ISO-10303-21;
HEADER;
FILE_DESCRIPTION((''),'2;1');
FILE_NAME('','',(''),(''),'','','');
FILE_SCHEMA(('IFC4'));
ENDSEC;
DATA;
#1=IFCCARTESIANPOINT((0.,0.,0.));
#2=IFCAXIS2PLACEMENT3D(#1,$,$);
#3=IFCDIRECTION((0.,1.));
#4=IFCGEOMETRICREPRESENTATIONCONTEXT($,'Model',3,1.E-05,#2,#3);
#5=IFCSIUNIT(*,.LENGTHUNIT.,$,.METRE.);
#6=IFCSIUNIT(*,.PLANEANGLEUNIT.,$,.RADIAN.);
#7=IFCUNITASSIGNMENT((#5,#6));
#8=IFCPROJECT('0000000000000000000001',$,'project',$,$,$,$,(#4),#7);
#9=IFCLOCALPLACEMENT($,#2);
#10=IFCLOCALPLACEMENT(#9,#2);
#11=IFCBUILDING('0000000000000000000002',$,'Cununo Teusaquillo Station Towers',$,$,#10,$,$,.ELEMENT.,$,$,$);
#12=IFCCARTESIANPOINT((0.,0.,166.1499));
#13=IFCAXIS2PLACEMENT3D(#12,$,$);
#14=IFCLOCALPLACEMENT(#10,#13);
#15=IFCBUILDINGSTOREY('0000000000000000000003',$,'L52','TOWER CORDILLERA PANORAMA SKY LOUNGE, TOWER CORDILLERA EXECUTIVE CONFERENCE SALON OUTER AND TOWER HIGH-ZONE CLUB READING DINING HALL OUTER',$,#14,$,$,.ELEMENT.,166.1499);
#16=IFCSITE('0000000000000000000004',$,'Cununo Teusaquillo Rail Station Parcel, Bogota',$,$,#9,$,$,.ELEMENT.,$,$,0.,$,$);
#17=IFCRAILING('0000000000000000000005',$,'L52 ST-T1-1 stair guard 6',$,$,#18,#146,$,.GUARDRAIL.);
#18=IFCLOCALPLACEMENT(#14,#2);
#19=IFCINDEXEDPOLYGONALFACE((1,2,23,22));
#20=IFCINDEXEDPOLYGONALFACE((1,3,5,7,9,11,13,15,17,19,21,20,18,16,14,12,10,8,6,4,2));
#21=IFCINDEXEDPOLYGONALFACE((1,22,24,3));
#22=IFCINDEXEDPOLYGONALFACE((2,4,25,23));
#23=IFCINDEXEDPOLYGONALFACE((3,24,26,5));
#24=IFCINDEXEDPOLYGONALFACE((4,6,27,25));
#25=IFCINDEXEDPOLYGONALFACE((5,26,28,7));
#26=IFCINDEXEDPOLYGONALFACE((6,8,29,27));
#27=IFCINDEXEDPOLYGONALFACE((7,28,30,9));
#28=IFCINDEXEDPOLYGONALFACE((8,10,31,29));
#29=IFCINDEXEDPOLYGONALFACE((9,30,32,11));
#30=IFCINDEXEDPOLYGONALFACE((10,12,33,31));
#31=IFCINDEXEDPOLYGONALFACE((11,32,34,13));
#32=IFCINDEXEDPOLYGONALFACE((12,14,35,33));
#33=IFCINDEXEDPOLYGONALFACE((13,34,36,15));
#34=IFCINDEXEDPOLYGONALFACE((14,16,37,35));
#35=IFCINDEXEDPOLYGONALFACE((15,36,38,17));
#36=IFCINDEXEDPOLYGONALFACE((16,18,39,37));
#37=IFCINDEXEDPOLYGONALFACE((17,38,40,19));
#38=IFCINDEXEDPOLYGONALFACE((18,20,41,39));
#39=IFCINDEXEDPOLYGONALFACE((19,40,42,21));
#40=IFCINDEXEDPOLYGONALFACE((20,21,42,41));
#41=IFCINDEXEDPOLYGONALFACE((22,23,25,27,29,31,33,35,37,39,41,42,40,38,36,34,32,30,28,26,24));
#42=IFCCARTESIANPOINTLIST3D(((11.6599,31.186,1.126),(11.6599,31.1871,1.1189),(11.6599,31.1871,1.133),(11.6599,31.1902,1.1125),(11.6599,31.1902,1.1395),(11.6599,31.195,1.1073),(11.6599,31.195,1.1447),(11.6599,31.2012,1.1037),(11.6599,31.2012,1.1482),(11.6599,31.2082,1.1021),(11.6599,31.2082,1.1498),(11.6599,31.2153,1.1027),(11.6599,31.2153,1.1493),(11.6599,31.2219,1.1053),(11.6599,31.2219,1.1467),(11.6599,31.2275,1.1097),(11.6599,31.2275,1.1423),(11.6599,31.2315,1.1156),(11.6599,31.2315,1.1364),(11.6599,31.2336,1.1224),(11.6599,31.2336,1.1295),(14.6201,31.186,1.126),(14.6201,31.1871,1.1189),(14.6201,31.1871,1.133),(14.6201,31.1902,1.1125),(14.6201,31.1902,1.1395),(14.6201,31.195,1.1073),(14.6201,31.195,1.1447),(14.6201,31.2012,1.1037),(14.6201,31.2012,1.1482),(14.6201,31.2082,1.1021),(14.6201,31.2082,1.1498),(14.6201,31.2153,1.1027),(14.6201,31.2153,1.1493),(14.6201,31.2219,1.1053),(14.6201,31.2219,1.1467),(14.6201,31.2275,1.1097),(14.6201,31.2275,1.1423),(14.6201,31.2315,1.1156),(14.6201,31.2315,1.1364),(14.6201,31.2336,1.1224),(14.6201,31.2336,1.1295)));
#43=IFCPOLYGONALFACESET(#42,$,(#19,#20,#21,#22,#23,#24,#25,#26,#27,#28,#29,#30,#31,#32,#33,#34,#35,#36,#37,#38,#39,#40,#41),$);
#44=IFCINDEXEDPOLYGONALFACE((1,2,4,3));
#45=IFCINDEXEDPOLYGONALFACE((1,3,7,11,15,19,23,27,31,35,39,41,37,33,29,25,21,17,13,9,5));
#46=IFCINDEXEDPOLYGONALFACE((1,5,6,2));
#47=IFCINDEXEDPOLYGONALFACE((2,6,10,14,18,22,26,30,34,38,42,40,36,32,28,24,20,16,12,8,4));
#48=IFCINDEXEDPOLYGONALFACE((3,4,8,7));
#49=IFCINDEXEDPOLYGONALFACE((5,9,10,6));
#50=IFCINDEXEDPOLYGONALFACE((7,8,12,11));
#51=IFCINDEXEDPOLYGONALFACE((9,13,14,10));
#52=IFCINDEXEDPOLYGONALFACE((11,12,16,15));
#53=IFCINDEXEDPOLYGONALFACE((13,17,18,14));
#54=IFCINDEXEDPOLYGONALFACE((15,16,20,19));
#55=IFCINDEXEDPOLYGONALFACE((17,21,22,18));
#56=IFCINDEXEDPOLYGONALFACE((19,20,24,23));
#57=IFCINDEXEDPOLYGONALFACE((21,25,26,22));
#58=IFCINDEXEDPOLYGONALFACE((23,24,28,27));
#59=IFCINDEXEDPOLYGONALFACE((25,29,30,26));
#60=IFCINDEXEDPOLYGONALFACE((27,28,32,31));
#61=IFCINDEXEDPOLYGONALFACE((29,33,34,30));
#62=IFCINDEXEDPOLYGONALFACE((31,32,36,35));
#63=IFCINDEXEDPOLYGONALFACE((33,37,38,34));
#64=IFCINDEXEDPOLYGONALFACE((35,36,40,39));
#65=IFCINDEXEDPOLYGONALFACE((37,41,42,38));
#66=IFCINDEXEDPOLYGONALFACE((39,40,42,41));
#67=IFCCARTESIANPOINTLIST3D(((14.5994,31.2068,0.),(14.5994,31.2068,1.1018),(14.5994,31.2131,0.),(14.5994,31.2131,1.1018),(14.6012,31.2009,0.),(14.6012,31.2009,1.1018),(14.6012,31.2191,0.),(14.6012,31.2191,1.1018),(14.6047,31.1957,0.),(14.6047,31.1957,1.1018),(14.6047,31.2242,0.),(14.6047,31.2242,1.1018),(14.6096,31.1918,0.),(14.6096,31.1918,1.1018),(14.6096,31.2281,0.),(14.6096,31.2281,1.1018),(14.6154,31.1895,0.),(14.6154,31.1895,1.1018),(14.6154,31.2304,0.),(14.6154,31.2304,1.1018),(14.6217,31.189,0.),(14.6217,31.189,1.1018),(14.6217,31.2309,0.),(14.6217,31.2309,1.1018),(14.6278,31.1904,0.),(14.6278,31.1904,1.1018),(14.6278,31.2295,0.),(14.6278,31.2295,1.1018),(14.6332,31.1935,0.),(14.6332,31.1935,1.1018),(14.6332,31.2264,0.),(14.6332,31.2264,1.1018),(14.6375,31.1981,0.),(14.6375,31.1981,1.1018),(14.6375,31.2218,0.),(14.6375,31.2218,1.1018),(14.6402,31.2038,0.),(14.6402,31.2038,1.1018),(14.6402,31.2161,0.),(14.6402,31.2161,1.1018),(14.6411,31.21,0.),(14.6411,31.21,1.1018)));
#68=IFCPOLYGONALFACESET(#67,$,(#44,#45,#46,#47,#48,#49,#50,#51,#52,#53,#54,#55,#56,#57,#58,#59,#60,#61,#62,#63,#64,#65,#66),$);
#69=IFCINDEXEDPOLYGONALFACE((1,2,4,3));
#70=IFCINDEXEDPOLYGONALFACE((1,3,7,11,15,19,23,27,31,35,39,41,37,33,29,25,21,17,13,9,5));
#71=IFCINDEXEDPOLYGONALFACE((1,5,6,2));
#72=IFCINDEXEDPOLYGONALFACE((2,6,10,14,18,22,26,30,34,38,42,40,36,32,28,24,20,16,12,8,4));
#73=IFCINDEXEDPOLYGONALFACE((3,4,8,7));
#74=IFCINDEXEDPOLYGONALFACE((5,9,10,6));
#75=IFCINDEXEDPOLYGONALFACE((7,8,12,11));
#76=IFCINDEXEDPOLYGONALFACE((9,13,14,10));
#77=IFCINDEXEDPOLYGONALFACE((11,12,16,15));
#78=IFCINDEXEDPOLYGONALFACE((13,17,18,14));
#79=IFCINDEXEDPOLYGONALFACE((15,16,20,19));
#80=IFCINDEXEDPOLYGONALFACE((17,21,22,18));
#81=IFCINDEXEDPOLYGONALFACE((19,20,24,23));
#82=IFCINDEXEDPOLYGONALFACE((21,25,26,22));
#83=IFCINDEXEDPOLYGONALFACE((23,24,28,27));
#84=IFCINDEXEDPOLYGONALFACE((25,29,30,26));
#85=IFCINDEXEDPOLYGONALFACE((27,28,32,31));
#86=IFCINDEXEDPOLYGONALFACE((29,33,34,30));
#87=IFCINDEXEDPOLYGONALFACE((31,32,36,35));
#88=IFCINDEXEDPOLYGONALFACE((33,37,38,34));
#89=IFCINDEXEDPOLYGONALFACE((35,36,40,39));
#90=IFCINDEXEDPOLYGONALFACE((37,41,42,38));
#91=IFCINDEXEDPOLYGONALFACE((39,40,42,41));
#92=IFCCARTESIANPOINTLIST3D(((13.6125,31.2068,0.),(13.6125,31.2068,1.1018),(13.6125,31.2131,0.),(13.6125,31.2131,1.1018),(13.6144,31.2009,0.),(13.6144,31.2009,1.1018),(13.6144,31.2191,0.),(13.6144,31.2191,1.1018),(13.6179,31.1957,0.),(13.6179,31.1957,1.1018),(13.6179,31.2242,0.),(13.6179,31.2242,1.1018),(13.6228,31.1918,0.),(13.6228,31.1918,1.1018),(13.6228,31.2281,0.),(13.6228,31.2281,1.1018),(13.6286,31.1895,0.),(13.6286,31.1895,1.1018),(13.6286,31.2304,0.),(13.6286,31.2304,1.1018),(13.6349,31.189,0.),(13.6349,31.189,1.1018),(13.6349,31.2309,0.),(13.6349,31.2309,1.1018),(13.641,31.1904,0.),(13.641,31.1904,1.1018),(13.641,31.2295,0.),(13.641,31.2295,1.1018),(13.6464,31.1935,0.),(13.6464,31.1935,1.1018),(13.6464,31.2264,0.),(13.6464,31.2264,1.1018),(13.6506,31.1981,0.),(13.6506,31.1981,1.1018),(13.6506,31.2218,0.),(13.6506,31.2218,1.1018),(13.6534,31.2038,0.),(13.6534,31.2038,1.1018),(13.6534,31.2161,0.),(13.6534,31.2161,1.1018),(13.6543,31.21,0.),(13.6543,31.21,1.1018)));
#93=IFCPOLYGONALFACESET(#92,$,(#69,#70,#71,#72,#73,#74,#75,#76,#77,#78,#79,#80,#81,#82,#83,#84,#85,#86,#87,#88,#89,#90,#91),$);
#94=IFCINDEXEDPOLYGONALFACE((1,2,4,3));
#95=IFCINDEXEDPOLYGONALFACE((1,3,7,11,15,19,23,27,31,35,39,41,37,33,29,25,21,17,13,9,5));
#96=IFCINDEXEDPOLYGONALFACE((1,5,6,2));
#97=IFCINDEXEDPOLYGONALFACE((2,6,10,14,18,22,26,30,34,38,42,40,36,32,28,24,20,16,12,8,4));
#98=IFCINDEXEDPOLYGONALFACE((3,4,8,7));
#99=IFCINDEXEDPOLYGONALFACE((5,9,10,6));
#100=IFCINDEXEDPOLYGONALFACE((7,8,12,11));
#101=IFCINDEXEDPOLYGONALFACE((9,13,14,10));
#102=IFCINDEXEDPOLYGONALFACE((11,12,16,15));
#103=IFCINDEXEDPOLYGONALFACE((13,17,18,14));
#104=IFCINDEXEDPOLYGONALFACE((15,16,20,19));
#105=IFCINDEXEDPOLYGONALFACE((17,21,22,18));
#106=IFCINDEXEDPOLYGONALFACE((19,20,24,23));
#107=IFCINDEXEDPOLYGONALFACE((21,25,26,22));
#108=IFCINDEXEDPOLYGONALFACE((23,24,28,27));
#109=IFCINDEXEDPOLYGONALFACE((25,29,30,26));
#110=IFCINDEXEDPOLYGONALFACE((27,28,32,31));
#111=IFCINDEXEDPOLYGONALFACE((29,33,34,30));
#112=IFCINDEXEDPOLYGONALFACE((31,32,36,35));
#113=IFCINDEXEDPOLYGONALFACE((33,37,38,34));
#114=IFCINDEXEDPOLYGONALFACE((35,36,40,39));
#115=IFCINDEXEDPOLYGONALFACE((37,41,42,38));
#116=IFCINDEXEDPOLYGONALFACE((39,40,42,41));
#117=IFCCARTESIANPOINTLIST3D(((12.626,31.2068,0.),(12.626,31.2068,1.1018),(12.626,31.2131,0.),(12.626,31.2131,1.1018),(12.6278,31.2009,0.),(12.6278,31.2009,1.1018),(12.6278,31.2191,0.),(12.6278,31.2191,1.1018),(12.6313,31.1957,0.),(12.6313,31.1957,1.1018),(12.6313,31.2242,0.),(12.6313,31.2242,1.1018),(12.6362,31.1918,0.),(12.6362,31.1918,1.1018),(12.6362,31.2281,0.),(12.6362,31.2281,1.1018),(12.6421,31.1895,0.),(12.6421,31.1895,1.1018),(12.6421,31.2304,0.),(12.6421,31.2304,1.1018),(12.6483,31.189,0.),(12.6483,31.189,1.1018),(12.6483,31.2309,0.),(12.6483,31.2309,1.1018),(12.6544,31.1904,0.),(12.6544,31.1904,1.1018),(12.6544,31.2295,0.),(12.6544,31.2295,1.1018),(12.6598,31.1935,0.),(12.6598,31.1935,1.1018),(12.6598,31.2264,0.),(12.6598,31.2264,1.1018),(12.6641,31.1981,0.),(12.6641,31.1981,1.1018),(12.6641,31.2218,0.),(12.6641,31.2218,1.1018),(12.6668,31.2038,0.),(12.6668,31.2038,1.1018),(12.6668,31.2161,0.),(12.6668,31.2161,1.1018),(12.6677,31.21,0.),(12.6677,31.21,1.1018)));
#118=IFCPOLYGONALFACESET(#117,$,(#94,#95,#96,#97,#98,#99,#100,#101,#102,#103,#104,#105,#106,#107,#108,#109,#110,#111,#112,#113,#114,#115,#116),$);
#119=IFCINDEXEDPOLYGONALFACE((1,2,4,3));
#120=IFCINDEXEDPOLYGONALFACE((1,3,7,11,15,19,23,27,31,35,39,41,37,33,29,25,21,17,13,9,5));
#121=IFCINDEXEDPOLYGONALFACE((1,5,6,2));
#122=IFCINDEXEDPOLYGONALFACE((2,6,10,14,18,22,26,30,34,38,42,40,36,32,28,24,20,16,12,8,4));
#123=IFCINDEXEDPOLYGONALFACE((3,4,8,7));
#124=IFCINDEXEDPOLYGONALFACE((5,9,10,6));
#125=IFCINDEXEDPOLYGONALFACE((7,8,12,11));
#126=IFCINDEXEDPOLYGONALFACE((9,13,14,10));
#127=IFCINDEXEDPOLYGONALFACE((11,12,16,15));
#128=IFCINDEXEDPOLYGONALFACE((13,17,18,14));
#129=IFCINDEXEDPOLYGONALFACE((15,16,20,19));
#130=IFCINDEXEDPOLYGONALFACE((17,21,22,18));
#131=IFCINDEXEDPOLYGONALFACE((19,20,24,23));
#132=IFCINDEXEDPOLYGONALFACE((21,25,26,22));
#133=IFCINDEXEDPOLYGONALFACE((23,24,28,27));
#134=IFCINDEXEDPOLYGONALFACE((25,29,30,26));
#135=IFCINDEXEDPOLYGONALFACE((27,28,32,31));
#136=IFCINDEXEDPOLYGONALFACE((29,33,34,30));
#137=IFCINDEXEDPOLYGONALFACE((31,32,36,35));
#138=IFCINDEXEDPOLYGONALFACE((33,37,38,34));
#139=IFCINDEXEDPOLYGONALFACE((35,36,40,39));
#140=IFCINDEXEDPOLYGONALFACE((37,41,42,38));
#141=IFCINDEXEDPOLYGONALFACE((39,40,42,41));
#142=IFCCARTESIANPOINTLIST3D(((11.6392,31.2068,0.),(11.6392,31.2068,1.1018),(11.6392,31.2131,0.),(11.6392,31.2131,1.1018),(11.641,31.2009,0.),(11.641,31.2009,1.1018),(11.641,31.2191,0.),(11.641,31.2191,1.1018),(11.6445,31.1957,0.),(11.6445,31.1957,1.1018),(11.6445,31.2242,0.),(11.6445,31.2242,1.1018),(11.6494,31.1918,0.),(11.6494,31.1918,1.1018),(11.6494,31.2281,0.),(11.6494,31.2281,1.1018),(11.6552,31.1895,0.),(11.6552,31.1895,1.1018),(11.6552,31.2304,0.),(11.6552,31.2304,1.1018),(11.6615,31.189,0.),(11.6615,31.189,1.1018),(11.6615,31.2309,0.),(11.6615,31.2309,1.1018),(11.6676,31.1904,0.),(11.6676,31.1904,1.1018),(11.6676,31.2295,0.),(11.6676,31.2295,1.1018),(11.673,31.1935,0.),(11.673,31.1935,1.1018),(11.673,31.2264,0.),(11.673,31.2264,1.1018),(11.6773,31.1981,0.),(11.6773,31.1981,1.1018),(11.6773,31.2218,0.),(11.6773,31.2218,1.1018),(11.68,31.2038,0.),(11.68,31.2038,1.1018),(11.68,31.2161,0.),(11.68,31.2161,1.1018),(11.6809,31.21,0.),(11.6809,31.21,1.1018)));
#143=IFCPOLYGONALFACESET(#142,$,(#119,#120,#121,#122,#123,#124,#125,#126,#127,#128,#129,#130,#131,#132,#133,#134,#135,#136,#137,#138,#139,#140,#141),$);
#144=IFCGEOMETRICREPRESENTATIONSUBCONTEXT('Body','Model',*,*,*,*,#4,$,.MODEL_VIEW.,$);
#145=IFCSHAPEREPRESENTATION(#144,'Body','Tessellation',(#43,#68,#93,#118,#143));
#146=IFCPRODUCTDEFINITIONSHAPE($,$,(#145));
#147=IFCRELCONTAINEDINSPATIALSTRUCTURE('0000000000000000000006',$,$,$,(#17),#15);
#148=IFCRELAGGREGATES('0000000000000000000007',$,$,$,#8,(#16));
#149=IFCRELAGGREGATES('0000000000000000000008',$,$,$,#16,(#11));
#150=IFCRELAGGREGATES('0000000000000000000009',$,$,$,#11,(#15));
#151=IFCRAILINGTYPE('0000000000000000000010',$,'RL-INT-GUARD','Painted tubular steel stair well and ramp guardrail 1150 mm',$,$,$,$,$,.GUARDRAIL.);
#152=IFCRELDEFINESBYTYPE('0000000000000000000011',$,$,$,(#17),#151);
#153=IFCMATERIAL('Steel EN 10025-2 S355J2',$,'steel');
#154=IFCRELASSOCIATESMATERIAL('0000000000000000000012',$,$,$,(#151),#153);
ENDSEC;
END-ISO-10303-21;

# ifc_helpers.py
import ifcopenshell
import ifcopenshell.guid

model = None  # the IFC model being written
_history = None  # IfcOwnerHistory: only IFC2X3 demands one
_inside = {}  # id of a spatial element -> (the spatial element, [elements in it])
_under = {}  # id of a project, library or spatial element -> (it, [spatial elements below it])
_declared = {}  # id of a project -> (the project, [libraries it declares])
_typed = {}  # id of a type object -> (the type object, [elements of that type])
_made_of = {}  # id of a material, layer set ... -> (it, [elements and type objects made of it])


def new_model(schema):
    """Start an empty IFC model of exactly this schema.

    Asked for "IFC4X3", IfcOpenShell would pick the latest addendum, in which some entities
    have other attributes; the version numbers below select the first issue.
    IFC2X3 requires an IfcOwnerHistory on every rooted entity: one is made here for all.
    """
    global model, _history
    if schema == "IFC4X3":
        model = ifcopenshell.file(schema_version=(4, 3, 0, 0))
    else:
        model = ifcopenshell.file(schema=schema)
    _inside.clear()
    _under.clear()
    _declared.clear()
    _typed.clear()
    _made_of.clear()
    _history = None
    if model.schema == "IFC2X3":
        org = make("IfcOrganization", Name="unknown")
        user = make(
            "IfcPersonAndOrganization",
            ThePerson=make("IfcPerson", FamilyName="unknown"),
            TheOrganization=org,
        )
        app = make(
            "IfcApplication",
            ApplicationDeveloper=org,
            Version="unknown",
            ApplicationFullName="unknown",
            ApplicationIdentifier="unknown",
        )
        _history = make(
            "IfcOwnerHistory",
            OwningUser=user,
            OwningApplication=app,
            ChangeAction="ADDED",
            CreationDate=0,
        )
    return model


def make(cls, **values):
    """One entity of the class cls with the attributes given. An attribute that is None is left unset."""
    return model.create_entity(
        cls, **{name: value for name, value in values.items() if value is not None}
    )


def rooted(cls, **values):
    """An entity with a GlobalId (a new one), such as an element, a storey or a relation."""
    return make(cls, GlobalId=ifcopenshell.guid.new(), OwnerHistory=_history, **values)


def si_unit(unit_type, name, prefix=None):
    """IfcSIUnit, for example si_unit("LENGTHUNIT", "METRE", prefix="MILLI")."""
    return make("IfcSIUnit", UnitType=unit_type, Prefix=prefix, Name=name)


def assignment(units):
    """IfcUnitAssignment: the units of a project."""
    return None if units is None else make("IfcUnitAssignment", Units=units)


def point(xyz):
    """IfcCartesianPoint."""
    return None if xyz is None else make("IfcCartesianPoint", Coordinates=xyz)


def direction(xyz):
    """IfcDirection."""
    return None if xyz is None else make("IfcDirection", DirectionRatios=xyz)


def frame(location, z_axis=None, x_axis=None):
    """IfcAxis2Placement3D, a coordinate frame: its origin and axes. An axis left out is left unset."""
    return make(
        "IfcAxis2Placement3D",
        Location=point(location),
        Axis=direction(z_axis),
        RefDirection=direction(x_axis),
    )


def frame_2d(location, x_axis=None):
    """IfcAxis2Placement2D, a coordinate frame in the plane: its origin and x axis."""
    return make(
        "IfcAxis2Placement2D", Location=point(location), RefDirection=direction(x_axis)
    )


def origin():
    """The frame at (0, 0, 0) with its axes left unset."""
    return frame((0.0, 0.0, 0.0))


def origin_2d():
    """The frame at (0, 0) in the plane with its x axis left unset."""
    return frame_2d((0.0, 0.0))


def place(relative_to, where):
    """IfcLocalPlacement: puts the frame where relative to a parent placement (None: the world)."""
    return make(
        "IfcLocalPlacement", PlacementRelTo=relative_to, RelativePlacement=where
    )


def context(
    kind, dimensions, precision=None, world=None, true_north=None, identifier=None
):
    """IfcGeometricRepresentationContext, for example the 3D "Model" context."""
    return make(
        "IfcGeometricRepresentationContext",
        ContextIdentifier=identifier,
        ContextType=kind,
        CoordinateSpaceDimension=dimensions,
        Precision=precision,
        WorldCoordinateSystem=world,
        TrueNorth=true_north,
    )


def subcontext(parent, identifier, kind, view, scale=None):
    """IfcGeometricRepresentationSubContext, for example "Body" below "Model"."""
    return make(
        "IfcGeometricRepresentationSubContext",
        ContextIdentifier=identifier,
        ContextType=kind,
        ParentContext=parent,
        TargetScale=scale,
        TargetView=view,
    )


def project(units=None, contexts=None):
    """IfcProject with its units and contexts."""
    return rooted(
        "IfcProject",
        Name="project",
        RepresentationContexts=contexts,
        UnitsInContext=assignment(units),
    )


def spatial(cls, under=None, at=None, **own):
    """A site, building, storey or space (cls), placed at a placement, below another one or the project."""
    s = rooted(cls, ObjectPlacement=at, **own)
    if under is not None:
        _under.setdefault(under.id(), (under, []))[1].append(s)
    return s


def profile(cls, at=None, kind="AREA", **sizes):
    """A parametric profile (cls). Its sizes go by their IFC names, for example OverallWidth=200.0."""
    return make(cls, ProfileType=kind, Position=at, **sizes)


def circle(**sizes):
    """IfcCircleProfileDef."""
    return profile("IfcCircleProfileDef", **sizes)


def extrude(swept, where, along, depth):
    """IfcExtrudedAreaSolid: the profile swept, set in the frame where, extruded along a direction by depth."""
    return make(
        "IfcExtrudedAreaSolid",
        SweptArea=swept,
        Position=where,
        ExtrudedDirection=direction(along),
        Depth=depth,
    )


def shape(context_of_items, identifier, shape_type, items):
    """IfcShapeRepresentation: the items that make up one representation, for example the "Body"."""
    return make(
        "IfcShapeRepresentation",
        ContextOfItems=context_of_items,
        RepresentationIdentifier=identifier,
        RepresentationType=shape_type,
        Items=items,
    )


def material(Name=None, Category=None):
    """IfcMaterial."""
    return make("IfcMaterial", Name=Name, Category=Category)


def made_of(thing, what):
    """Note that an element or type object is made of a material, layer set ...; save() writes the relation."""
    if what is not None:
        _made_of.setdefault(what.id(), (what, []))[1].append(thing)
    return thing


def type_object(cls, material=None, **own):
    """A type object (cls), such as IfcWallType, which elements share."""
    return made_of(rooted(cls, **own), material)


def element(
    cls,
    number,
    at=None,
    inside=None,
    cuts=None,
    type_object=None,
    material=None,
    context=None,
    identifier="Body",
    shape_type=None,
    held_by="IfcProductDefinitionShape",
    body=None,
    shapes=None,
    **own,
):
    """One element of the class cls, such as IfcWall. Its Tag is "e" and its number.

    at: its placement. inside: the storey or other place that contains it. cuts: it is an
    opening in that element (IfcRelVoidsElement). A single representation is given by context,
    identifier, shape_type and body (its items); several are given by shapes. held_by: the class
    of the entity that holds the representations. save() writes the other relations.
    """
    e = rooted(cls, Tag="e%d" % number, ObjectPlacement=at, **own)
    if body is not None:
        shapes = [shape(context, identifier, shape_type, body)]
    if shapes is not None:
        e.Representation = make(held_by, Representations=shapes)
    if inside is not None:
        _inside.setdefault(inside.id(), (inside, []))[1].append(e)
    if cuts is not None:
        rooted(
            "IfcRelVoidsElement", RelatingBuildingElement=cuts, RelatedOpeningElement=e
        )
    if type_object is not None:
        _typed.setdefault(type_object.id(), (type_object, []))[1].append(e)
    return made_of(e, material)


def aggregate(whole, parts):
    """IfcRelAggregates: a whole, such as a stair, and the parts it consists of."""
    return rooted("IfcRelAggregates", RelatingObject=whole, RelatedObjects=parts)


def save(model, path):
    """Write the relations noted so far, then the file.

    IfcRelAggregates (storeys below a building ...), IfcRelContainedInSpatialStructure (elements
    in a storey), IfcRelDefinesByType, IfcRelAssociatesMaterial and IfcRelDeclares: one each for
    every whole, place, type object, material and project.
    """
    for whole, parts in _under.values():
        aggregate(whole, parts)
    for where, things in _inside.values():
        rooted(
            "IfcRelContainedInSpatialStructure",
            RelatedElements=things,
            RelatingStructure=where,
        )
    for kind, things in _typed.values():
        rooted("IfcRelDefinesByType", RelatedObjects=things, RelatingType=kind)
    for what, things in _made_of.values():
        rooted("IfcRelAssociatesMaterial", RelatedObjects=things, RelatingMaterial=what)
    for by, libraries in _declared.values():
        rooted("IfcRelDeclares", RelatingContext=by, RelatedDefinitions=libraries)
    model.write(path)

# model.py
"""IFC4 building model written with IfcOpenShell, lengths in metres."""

from ifc_helpers import new_model, si_unit, direction, frame, origin, origin_2d, place, context, subcontext, project, spatial, circle, extrude, material, type_object, element, save


model = new_model("IFC4")

# Units and contexts
model_context = context("Model", 3, precision=1e-05, world=origin(), true_north=direction((0.0, 1.0)))
body_context = subcontext(model_context, "Body", "Model", "MODEL_VIEW")
ifc_project = project(units=[si_unit("LENGTHUNIT", "METRE"), si_unit("PLANEANGLEUNIT", "RADIAN")], contexts=[model_context])

# Site, building, storey
site_placement = place(None, origin())
site = spatial("IfcSite", under=ifc_project, at=site_placement, Name="Cununo Teusaquillo Rail Station Parcel, Bogota", CompositionType="ELEMENT", RefElevation=0.0)
building_placement = place(site_placement, origin())
building = spatial("IfcBuilding", under=site, at=building_placement, Name="Cununo Teusaquillo Station Towers", CompositionType="ELEMENT")
storey_placement = place(building_placement, frame((0.0, 0.0, 166.1499)))
storey = spatial("IfcBuildingStorey", under=building, at=storey_placement, Name="L52", Description="TOWER CORDILLERA PANORAMA SKY LOUNGE, TOWER CORDILLERA EXECUTIVE CONFERENCE SALON OUTER AND TOWER HIGH-ZONE CLUB READING DINING HALL OUTER", CompositionType="ELEMENT", Elevation=166.1499)

# Railing
ifc_material_1 = material(Name="Steel EN 10025-2 S355J2", Category="steel")
railing_type_1 = type_object("IfcRailingType", Name="RL-INT-GUARD", Description="Painted tubular steel stair well and ramp guardrail 1150 mm", PredefinedType="GUARDRAIL", material=ifc_material_1)
railing_1_placement = place(storey_placement, frame((14.6201, 31.21, 0.0)))
element("IfcRailing", 1, at=railing_1_placement, inside=storey, type_object=railing_type_1, Name="L52 ST-T1-1 stair guard 6", PredefinedType="GUARDRAIL", context=body_context, shape_type="SweptSolid", body=[
    extrude(circle(Radius=0.0239, at=origin_2d()), frame((0.0, 0.0, 1.126), z_axis=(-1.0, 0.0, 0.0), x_axis=(0.0, -1.0, 0.0)), (0.0, 0.0, 1.0), 2.9602),
    extrude(circle(Radius=0.021, at=origin_2d()), origin(), (0.0, 0.0, 1.0), 1.1018),
    extrude(circle(Radius=0.021, at=origin_2d()), frame((-0.9868, 0.0, 0.0)), (0.0, 0.0, 1.0), 1.1018),
    extrude(circle(Radius=0.021, at=origin_2d()), frame((-1.9734, 0.0, 0.0)), (0.0, 0.0, 1.0), 1.1018),
    extrude(circle(Radius=0.021, at=origin_2d()), frame((-2.9602, 0.0, 0.0)), (0.0, 0.0, 1.0), 1.1018),
])

save(model, "model.ifc")
